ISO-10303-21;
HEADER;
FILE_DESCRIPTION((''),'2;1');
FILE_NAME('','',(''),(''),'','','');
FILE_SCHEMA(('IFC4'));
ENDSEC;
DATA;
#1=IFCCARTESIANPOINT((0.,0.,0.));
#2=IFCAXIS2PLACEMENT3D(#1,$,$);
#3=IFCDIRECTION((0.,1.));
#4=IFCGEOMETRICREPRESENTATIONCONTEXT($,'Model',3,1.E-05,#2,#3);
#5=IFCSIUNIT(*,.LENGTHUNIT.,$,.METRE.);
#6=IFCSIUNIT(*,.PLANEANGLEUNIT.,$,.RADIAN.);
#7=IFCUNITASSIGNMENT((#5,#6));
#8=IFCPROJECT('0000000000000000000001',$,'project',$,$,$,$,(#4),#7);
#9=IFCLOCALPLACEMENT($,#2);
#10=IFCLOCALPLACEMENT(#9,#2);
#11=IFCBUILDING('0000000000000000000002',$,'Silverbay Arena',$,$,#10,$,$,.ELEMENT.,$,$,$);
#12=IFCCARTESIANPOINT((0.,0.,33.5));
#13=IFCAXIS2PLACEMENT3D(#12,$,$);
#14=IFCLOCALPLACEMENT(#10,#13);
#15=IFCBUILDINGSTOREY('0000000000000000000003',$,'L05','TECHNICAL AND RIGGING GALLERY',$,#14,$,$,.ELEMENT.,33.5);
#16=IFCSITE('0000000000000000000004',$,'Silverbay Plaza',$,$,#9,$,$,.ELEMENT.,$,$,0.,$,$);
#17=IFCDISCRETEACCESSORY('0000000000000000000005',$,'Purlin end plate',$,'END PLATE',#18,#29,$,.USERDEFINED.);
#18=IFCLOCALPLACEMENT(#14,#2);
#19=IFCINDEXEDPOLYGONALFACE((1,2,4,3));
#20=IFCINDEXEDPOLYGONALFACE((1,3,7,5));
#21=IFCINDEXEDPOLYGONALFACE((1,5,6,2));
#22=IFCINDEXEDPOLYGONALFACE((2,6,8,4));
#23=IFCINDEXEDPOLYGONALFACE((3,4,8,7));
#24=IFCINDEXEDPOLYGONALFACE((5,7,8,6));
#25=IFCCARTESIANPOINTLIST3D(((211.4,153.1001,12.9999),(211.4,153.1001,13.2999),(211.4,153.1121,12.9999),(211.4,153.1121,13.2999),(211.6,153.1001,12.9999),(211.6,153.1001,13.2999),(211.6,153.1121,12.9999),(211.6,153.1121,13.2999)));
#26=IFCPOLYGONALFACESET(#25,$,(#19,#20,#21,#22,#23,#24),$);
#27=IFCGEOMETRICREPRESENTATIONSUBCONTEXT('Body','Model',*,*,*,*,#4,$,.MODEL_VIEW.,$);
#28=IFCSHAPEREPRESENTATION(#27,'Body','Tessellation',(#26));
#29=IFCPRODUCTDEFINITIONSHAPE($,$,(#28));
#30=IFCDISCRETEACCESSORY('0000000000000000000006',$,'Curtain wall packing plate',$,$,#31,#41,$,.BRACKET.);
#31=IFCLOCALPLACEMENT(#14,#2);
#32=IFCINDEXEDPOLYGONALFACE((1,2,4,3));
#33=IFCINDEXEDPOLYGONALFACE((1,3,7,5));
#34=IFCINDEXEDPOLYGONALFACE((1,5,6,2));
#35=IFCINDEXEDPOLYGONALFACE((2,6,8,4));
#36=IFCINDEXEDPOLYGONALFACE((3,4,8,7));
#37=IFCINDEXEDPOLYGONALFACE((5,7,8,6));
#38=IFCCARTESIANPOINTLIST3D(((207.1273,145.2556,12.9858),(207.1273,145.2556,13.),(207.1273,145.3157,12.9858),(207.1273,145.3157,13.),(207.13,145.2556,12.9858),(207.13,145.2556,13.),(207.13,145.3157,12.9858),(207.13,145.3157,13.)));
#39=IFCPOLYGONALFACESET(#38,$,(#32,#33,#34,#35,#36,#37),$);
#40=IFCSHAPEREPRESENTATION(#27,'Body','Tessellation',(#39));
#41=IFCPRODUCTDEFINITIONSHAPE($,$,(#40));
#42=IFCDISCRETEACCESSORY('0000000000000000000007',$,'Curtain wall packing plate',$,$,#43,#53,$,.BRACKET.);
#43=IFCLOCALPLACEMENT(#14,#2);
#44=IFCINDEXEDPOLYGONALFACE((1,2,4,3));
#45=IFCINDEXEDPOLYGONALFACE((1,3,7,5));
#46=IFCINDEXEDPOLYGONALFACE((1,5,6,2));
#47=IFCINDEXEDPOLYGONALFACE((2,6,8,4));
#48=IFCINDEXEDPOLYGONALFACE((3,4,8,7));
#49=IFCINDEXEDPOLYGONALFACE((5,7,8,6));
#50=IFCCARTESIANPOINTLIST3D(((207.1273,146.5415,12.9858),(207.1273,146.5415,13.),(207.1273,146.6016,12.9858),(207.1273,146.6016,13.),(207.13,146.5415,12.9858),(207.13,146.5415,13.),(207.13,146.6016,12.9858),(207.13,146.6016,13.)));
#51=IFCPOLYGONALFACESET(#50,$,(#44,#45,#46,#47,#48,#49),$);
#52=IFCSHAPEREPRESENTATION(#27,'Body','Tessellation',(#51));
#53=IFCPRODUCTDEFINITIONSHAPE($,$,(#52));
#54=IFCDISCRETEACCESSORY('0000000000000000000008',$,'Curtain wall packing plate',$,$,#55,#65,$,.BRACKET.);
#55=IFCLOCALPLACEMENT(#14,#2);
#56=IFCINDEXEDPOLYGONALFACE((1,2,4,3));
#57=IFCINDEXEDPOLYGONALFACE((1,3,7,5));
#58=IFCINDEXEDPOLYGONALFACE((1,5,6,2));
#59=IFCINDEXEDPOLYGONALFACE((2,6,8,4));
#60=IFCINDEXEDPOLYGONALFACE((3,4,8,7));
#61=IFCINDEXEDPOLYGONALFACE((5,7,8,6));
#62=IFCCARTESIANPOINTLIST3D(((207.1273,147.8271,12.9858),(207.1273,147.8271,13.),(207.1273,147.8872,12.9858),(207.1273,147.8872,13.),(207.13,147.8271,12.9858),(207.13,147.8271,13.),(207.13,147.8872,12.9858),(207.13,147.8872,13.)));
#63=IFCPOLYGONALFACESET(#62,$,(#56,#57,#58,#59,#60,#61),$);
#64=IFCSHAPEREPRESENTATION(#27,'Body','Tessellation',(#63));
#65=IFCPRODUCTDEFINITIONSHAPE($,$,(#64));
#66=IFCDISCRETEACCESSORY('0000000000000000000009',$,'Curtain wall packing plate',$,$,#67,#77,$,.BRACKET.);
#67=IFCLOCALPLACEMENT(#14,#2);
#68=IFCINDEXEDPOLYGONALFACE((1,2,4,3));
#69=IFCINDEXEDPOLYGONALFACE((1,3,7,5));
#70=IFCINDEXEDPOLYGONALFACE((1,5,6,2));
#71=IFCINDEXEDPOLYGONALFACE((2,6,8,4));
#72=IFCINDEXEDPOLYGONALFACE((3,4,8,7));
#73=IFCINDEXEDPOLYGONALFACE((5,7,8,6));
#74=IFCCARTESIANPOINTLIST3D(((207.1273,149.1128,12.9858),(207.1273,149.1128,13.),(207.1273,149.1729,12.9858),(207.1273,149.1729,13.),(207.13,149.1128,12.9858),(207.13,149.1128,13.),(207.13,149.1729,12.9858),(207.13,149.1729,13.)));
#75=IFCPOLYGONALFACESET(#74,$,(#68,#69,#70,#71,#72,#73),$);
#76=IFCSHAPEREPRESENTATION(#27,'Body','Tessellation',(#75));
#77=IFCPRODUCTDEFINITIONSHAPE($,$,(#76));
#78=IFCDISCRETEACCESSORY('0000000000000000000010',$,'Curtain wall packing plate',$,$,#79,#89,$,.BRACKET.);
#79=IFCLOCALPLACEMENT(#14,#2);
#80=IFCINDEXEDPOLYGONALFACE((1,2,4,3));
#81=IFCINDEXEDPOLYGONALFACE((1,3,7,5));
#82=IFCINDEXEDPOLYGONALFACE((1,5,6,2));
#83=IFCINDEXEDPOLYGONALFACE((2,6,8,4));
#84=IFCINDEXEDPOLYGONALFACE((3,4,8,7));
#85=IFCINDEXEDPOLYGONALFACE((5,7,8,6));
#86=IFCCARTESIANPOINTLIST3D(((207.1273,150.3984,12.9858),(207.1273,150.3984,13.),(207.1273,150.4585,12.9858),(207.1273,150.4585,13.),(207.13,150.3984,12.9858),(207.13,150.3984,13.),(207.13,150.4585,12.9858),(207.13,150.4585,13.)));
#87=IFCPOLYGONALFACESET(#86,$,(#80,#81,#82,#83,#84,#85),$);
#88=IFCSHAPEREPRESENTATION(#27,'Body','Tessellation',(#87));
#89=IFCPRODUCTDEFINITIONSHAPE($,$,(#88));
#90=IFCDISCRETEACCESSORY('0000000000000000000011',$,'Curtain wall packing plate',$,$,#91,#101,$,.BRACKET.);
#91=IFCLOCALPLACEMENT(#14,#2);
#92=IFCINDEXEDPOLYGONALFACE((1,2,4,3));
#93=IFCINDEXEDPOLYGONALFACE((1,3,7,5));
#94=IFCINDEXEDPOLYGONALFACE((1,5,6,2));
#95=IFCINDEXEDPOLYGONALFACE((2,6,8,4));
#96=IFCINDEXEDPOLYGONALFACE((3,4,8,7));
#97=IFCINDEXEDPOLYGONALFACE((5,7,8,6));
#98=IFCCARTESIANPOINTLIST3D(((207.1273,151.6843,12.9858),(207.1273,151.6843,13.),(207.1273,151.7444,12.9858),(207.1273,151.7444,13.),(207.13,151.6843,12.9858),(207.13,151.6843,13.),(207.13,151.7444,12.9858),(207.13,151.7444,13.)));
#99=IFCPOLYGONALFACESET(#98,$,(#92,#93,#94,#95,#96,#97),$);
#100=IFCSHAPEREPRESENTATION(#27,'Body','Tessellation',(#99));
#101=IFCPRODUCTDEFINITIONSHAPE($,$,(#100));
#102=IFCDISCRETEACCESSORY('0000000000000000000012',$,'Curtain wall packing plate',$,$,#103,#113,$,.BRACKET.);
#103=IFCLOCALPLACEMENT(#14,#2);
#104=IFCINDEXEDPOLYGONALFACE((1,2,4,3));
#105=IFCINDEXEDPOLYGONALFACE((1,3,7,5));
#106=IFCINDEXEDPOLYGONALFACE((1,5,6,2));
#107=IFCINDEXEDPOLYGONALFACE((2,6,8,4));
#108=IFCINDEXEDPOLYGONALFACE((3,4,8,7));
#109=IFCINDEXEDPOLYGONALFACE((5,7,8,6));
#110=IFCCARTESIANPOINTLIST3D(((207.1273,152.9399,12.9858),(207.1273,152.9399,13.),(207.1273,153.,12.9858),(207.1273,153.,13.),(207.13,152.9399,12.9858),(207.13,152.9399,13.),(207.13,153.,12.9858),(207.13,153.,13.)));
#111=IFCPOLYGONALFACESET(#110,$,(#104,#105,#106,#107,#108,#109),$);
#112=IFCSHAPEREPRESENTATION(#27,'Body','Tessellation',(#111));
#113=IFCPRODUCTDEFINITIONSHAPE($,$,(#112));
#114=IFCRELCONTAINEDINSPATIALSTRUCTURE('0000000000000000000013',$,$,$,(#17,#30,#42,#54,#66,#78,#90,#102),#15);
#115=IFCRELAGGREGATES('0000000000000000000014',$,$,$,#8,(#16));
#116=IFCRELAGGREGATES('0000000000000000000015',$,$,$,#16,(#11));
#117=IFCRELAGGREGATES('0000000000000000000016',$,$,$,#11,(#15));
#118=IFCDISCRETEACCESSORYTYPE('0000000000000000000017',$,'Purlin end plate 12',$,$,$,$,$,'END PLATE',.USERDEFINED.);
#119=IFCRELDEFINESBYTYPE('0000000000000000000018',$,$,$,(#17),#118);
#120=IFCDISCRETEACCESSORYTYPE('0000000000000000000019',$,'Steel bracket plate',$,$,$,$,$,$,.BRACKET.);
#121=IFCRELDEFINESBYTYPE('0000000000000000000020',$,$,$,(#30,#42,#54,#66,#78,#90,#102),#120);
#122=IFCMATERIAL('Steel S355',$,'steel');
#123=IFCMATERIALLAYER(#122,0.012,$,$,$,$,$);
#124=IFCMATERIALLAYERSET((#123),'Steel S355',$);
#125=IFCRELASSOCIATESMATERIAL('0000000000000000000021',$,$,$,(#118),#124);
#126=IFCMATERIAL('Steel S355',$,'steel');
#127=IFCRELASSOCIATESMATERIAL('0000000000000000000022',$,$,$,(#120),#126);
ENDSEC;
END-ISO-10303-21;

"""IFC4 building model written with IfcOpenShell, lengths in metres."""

from ifc_helpers import new_model, si_unit, direction, frame, origin, origin_2d, place, context, subcontext, project, spatial, rectangle, extrude, material, layer, layer_set, type_object, element, save


model = new_model("IFC4")

# Units and contexts
model_context = context("Model", 3, precision=1e-05, world=origin(), true_north=direction((0.0, 1.0)))
body_context = subcontext(model_context, "Body", "Model", "MODEL_VIEW")
ifc_project = project(units=[si_unit("LENGTHUNIT", "METRE"), si_unit("PLANEANGLEUNIT", "RADIAN")], contexts=[model_context])

# Site, building, storey
site_placement = place(None, origin())
site = spatial("IfcSite", under=ifc_project, at=site_placement, Name="Silverbay Plaza", CompositionType="ELEMENT", RefElevation=0.0)
building_placement = place(site_placement, origin())
building = spatial("IfcBuilding", under=site, at=building_placement, Name="Silverbay Arena", CompositionType="ELEMENT")
storey_placement = place(building_placement, frame((0.0, 0.0, 33.5)))
storey = spatial("IfcBuildingStorey", under=building, at=storey_placement, Name="L05", Description="TECHNICAL AND RIGGING GALLERY", CompositionType="ELEMENT", Elevation=33.5)

# Discrete accessories
ifc_material_1 = material(Name="Steel S355", Category="steel")
ifc_layer_1 = layer(ifc_material_1, 0.012)
ifc_layer_set_1 = layer_set([ifc_layer_1], Name="Steel S355")
discrete_accessory_type_1 = type_object("IfcDiscreteAccessoryType", Name="Purlin end plate 12", ElementType="END PLATE", PredefinedType="USERDEFINED", material=ifc_layer_set_1)
discrete_accessory_placement = place(storey_placement, frame((211.5, 153.1001, 13.1499), z_axis=(0.0, 1.0, 0.0), x_axis=(-1.0, 0.0, 0.0)))
element("IfcDiscreteAccessory", 1, at=discrete_accessory_placement, inside=storey, type_object=discrete_accessory_type_1, Name="Purlin end plate", ObjectType="END PLATE", PredefinedType="USERDEFINED", context=body_context, shape_type="SweptSolid", body=[
    extrude(rectangle(XDim=0.2, YDim=0.3, at=origin_2d()), origin(), (0.0, 0.0, 1.0), 0.012),
])
ifc_material_2 = material(Name="Steel S355", Category="steel")
discrete_accessory_type_2 = type_object("IfcDiscreteAccessoryType", Name="Steel bracket plate", PredefinedType="BRACKET", material=ifc_material_2)
for number, where, z_axis, x_axis, name in (
    (2, (207.1287, 145.2856, 12.9858), (0.0, 0.0, 1.0), (1.0, 0.0, 0.0), "Curtain wall packing plate"),
    (3, (207.1287, 146.5715, 12.9858), (0.0, 0.0, 1.0), (1.0, 0.0, 0.0), "Curtain wall packing plate"),
    (4, (207.1287, 147.8572, 12.9858), (0.0, 0.0, 1.0), (1.0, 0.0, 0.0), "Curtain wall packing plate"),
    (5, (207.1287, 149.1428, 12.9858), (0.0, 0.0, 1.0), (1.0, 0.0, 0.0), "Curtain wall packing plate"),
    (6, (207.1287, 150.4285, 12.9858), (0.0, 0.0, 1.0), (1.0, 0.0, 0.0), "Curtain wall packing plate"),
    (7, (207.1287, 151.7144, 12.9858), (0.0, 0.0, 1.0), (1.0, 0.0, 0.0), "Curtain wall packing plate"),
    (8, (207.1287, 152.97, 12.9858), (0.0, 0.0, 1.0), (1.0, 0.0, 0.0), "Curtain wall packing plate"),
):
    element("IfcDiscreteAccessory", number, at=place(storey_placement, frame(where, z_axis=z_axis, x_axis=x_axis)), inside=storey, type_object=discrete_accessory_type_2, Name=name, PredefinedType="BRACKET", context=body_context, shape_type="SweptSolid", body=[
        extrude(rectangle(XDim=0.0027, YDim=0.0601, at=origin_2d()), origin(), (0.0, 0.0, 1.0), 0.0142),
    ])

save(model, "model.ifc")
